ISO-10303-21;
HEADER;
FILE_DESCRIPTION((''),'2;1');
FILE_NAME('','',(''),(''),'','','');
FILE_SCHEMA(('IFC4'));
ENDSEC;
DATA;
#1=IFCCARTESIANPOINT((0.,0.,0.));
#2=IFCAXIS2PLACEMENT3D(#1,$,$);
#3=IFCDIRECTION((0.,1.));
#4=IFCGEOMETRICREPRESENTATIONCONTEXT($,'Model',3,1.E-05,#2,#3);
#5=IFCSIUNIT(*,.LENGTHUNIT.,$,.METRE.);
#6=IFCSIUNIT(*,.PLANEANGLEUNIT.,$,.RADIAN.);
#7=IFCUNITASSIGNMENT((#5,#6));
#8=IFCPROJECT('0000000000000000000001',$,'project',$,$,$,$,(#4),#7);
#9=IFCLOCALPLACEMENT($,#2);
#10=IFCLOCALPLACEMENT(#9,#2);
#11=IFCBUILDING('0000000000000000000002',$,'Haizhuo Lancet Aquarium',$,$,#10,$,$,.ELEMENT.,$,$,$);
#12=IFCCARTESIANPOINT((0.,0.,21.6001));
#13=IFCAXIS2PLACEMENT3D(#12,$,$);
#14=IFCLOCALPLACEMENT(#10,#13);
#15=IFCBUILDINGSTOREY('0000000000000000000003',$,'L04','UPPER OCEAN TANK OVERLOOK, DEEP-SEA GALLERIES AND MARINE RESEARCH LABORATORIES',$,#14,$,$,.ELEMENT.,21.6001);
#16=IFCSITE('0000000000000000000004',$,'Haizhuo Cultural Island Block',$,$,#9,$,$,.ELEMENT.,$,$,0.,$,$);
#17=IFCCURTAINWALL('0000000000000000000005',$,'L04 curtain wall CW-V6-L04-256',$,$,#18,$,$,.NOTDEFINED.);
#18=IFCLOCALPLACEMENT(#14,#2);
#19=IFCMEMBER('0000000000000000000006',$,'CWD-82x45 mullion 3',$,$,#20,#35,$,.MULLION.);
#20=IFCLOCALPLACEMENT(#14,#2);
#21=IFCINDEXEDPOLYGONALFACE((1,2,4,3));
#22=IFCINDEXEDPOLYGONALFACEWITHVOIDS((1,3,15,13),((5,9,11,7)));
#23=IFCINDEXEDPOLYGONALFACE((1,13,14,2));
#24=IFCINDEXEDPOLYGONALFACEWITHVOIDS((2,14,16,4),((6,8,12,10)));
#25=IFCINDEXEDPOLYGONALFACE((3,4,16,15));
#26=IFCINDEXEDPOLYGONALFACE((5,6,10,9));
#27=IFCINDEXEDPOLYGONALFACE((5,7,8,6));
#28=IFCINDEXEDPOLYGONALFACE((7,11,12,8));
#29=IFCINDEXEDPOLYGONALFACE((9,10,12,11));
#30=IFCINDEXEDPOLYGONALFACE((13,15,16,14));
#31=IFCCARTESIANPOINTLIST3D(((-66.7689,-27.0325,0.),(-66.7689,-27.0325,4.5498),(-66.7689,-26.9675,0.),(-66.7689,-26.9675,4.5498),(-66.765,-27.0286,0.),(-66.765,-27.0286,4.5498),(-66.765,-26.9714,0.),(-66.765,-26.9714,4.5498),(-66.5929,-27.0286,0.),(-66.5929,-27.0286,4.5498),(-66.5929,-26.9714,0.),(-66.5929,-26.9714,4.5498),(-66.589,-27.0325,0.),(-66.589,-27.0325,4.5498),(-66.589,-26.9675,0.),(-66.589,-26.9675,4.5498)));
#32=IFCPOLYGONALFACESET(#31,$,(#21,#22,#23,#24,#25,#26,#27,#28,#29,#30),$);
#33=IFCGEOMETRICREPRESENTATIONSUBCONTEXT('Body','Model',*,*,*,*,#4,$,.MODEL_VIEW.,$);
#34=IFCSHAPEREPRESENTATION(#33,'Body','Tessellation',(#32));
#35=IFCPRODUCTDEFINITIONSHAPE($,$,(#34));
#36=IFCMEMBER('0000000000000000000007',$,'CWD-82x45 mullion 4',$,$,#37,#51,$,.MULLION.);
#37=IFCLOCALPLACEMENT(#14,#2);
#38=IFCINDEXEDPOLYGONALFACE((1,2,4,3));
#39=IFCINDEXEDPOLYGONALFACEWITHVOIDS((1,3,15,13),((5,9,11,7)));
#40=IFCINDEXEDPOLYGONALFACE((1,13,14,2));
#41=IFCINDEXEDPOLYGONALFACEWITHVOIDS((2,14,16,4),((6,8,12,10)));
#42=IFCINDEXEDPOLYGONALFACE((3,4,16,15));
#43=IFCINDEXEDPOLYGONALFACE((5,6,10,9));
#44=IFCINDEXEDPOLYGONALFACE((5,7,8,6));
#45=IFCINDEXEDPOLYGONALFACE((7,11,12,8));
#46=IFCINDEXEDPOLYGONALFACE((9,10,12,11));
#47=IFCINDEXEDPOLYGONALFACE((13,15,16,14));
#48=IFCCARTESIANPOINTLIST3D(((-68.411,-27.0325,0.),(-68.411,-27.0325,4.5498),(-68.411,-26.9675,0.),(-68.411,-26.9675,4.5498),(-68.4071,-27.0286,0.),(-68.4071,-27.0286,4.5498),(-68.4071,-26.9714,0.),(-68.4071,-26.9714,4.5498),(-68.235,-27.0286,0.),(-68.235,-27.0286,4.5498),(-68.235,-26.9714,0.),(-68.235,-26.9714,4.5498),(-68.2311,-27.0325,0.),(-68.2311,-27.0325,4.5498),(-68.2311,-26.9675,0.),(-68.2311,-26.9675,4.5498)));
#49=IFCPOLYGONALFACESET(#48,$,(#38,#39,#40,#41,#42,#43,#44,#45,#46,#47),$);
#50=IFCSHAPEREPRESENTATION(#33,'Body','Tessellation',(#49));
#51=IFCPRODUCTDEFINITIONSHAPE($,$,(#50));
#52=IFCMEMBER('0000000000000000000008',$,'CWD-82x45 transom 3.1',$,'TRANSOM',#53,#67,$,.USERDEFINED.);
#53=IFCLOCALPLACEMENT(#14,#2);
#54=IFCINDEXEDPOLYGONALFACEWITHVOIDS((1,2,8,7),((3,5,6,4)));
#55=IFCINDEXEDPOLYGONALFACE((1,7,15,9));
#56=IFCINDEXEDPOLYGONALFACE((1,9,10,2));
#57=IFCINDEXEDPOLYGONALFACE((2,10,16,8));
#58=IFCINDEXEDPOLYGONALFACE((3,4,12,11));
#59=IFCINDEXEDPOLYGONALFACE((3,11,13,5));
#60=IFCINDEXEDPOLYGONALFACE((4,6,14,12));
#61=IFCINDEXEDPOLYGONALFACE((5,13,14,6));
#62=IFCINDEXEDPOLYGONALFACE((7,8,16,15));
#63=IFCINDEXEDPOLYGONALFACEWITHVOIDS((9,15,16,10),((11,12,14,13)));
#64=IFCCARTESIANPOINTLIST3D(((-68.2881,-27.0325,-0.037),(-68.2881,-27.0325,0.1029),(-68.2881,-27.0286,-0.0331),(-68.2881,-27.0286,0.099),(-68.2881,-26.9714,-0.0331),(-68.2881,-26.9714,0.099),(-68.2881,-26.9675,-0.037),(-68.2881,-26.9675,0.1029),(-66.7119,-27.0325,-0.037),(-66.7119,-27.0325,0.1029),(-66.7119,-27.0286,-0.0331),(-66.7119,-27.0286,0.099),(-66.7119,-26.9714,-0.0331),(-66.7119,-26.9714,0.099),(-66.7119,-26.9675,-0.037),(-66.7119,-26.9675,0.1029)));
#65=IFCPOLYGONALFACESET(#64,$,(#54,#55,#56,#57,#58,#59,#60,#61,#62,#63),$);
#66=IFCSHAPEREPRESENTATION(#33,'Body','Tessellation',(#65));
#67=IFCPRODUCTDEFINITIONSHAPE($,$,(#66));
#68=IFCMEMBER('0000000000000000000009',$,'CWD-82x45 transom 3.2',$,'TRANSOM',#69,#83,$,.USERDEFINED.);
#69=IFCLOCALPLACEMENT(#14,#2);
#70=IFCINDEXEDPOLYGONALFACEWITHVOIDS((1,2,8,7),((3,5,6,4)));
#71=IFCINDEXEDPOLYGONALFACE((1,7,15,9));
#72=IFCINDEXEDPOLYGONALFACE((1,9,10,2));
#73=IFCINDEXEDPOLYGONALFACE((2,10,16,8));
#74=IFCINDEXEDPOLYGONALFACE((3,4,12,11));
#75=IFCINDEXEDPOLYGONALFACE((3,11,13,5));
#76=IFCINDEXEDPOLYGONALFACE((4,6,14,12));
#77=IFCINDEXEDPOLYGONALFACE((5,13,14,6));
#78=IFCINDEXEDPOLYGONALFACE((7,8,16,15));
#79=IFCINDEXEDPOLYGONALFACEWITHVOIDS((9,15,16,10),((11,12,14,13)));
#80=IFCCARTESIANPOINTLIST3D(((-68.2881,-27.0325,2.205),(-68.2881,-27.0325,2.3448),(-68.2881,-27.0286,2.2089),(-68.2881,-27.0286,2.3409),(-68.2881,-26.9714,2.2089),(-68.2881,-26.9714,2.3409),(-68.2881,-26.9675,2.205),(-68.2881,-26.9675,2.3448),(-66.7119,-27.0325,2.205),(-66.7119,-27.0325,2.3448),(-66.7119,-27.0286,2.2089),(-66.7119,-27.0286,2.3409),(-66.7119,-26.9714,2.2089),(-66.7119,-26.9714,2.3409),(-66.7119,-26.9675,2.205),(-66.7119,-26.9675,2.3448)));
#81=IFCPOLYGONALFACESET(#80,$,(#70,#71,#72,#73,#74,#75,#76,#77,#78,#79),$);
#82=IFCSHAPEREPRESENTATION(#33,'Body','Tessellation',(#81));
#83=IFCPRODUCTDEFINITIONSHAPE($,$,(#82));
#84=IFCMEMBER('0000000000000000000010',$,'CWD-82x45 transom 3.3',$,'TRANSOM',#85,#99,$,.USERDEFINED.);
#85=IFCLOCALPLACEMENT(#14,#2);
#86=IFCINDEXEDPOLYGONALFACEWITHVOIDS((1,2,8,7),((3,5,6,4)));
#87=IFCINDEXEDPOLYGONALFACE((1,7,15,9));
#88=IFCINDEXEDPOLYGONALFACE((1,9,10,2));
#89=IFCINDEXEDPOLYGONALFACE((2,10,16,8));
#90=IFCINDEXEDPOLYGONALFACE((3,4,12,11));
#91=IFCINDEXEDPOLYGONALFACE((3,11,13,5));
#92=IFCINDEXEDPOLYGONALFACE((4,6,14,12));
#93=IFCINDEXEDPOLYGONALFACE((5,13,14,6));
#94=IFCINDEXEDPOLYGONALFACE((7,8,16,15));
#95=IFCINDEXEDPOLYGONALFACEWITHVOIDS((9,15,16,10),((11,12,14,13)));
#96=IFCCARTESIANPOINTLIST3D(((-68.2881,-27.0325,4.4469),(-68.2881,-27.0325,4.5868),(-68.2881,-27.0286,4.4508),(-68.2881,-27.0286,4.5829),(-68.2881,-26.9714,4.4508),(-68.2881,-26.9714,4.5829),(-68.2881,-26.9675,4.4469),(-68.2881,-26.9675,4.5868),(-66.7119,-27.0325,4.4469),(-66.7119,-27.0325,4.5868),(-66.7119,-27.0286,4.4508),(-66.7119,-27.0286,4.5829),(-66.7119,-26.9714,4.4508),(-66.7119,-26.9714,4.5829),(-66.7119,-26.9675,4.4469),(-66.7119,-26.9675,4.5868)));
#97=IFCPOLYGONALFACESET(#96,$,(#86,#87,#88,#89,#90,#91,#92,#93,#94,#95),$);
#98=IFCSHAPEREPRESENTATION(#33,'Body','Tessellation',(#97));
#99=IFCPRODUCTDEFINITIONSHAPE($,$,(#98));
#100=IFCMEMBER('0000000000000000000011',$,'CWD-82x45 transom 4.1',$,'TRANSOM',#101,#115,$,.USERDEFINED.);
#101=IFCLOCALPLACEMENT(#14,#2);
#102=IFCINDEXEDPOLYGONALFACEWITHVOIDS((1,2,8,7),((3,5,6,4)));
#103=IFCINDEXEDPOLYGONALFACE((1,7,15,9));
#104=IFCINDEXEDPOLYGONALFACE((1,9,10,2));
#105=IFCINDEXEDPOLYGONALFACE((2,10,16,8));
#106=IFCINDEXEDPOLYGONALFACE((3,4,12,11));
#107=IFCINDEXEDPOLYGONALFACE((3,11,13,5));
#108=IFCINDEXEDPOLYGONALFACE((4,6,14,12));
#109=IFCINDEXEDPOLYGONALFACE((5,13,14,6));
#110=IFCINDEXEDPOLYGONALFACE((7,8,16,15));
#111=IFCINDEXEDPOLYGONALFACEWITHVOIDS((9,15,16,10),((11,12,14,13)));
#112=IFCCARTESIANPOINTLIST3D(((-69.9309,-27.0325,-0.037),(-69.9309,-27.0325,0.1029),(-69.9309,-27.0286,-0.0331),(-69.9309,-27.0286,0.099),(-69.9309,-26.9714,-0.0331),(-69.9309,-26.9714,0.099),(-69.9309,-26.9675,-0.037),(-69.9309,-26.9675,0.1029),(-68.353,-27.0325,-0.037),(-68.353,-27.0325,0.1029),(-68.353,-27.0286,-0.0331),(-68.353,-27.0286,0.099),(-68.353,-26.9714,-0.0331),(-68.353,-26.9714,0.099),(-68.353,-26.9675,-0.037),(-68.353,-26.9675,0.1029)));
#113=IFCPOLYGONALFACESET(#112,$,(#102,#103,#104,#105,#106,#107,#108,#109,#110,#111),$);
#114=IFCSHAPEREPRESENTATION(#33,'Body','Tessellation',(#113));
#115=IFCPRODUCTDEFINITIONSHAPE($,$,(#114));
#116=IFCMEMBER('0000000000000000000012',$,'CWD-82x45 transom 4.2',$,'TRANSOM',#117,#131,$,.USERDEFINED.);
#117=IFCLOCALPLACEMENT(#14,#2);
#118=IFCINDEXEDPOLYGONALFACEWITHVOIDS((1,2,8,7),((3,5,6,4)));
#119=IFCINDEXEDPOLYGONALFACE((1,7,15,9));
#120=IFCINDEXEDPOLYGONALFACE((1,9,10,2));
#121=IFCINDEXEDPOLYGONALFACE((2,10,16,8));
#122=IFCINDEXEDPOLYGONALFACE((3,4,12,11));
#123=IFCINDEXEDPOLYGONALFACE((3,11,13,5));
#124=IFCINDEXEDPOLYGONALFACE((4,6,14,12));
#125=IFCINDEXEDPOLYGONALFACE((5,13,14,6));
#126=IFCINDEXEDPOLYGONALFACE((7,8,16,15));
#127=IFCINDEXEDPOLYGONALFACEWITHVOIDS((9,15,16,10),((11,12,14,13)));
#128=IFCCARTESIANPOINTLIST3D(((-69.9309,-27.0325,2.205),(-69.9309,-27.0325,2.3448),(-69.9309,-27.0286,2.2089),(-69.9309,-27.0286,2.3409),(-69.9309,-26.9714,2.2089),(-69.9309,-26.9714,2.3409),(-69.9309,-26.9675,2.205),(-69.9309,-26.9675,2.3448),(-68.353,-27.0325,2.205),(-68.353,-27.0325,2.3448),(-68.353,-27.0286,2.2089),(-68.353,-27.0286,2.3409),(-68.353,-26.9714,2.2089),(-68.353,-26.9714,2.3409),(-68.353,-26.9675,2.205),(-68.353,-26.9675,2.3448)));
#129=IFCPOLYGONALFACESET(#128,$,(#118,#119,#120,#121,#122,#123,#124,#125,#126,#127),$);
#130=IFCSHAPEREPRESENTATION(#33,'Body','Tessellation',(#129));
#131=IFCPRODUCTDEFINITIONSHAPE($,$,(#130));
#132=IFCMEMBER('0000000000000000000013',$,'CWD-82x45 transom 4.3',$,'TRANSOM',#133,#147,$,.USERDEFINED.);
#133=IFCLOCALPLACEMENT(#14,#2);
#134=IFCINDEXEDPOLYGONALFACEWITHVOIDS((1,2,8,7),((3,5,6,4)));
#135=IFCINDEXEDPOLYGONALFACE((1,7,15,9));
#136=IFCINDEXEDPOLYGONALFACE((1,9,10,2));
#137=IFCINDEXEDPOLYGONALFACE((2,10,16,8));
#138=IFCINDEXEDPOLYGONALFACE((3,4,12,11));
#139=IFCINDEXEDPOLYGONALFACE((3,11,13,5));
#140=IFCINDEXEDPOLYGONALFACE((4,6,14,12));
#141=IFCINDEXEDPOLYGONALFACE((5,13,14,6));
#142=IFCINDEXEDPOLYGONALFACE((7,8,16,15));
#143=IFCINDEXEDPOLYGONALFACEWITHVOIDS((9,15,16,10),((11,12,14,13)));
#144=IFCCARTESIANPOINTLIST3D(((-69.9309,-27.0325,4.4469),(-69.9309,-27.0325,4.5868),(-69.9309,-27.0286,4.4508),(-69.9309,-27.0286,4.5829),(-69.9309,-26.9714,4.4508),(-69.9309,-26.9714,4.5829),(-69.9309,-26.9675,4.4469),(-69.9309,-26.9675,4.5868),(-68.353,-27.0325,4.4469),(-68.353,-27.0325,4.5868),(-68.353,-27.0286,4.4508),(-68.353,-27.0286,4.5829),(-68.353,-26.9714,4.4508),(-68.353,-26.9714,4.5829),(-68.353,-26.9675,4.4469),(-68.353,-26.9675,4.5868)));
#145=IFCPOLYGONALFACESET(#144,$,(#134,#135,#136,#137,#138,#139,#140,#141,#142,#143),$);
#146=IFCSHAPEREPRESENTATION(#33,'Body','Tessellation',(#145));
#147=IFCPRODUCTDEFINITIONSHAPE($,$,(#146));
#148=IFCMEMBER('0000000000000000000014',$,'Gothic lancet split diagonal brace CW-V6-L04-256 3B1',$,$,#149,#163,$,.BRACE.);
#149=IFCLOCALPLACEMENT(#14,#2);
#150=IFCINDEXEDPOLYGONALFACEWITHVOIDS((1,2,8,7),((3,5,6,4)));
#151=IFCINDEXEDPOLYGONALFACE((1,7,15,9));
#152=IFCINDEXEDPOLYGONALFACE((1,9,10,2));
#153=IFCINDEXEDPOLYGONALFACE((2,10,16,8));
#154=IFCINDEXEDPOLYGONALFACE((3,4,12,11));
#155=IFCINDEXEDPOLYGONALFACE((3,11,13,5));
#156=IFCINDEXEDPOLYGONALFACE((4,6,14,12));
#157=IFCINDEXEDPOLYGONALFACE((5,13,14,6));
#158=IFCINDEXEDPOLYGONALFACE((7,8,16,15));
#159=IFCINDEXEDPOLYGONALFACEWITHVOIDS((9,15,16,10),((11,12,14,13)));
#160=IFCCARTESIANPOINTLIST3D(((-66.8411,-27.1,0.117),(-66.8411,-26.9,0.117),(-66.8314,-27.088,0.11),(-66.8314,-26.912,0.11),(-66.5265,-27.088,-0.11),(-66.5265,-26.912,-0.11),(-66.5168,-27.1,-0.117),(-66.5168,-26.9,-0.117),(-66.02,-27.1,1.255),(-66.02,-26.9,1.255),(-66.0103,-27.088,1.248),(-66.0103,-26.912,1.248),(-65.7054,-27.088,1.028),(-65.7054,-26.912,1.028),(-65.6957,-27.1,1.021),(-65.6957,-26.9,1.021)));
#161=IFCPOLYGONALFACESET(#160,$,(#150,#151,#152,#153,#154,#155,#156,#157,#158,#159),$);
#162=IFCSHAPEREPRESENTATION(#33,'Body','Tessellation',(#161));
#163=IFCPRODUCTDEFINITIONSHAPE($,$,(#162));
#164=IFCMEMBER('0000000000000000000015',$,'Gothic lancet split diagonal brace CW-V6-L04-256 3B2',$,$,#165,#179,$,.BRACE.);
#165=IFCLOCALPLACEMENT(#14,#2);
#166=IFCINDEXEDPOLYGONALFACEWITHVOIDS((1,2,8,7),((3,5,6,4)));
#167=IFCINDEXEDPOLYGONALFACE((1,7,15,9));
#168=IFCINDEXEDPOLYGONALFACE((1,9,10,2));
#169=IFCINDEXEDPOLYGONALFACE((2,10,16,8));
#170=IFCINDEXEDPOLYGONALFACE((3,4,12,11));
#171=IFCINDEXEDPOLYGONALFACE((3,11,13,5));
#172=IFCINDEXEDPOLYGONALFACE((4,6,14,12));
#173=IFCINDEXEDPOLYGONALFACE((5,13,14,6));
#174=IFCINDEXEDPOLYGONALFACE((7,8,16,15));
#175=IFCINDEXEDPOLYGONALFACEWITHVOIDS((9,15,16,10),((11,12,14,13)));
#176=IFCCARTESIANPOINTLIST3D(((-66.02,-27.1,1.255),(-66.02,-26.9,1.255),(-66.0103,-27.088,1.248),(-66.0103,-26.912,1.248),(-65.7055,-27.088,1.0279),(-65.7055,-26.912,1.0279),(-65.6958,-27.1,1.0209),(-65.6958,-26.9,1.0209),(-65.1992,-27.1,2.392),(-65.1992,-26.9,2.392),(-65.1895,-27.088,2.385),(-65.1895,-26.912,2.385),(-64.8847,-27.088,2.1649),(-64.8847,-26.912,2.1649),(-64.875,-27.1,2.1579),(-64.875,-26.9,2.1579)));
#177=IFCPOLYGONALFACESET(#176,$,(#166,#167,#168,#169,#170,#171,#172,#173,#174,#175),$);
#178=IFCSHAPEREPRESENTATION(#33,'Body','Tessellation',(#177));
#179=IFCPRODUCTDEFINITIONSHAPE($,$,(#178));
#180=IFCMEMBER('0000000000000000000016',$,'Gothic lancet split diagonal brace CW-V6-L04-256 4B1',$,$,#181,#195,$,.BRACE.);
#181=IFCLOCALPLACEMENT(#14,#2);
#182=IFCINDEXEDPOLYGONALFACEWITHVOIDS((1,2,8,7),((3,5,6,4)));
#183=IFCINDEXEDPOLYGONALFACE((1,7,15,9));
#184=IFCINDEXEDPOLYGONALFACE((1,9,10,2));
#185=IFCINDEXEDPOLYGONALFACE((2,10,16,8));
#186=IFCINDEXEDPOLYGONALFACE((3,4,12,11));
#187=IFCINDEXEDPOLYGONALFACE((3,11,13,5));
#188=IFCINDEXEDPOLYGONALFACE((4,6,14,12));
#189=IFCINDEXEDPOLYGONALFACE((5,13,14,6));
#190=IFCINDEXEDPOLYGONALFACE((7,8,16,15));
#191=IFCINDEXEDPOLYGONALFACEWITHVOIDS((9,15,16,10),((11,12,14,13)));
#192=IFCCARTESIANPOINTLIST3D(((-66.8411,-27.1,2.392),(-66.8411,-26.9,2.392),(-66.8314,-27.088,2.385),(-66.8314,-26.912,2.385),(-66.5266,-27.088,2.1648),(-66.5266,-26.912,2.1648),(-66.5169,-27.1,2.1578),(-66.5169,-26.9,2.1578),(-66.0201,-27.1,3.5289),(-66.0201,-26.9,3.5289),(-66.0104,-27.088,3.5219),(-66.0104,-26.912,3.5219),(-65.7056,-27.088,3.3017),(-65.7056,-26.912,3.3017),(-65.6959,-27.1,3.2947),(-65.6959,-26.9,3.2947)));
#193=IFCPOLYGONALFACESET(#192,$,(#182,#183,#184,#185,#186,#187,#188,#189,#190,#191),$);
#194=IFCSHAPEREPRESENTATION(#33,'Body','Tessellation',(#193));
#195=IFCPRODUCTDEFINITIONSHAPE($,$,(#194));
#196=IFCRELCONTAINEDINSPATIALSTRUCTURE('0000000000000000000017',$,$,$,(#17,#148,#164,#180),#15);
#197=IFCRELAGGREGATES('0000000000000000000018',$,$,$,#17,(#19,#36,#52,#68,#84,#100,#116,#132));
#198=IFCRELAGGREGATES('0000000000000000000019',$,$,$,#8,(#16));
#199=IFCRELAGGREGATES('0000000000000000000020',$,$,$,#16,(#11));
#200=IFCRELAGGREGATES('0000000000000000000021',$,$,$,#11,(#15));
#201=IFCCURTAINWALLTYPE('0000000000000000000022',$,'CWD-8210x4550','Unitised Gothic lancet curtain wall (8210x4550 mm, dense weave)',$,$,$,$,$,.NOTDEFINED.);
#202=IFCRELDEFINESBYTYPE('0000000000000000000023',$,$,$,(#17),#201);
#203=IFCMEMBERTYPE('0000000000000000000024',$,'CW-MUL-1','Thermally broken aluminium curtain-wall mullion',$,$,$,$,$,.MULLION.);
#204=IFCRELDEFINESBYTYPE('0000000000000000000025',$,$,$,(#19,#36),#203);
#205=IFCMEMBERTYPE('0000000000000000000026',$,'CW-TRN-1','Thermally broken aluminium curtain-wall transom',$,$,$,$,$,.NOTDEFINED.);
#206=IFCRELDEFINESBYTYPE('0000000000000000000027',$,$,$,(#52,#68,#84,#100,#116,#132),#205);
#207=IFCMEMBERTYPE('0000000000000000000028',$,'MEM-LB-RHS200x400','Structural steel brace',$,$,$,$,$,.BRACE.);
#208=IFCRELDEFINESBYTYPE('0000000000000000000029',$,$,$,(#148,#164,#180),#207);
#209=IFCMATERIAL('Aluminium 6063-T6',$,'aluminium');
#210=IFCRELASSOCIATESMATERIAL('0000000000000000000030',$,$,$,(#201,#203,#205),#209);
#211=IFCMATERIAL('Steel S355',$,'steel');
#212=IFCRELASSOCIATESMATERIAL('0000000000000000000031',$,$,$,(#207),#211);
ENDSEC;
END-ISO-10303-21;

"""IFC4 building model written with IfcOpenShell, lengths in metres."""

from ifc_helpers import new_model, si_unit, direction, frame, origin, origin_2d, place, context, subcontext, project, spatial, hollow_rectangle, extrude, material, material_profile, profile_set, type_object, element, aggregate, save


model = new_model("IFC4")

# Units and contexts
model_context = context("Model", 3, precision=1e-05, world=origin(), true_north=direction((0.0, 1.0)))
body_context = subcontext(model_context, "Body", "Model", "MODEL_VIEW")
ifc_project = project(units=[si_unit("LENGTHUNIT", "METRE"), si_unit("PLANEANGLEUNIT", "RADIAN")], contexts=[model_context])

# Site, building, storey
site_placement = place(None, origin())
site = spatial("IfcSite", under=ifc_project, at=site_placement, Name="Haizhuo Cultural Island Block", CompositionType="ELEMENT", RefElevation=0.0)
building_placement = place(site_placement, origin())
building = spatial("IfcBuilding", under=site, at=building_placement, Name="Haizhuo Lancet Aquarium", CompositionType="ELEMENT")
storey_placement = place(building_placement, frame((0.0, 0.0, 21.6001)))
storey = spatial("IfcBuildingStorey", under=building, at=storey_placement, Name="L04", Description="UPPER OCEAN TANK OVERLOOK, DEEP-SEA GALLERIES AND MARINE RESEARCH LABORATORIES", CompositionType="ELEMENT", Elevation=21.6001)

# Curtain wall, members
ifc_material_1 = material(Name="Aluminium 6063-T6", Category="aluminium")
curtain_wall_type = type_object("IfcCurtainWallType", Name="CWD-8210x4550", Description="Unitised Gothic lancet curtain wall (8210x4550 mm, dense weave)", PredefinedType="NOTDEFINED", material=ifc_material_1)
curtain_wall_placement = place(storey_placement, origin())
curtain_wall = element("IfcCurtainWall", 1, at=curtain_wall_placement, inside=storey, type_object=curtain_wall_type, Name="L04 curtain wall CW-V6-L04-256", PredefinedType="NOTDEFINED")
ifc_material_profile_1 = material_profile(ifc_material_1, hollow_rectangle(XDim=0.0649, YDim=0.1799, WallThickness=0.0039, at=origin_2d()), Name="ALU-M 65x180x4")
ifc_profile_set_1 = profile_set([ifc_material_profile_1], Name="Aluminium 6063-T6")
member_type_1 = type_object("IfcMemberType", Name="CW-MUL-1", Description="Thermally broken aluminium curtain-wall mullion", PredefinedType="MULLION", material=ifc_profile_set_1)
member_1_placement = place(storey_placement, frame((-66.679, -27.0, 0.0), z_axis=(0.0, 0.0, 1.0), x_axis=(0.0, -1.0, 0.0)))
member_1 = element("IfcMember", 2, at=member_1_placement, type_object=member_type_1, Name="CWD-82x45 mullion 3", PredefinedType="MULLION", context=body_context, shape_type="SweptSolid", body=[
    extrude(hollow_rectangle(XDim=0.0649, YDim=0.1799, WallThickness=0.0039, at=origin_2d()), origin(), (0.0, 0.0, 1.0), 4.5498),
])
member_2_placement = place(storey_placement, frame((-68.321, -27.0, 0.0), z_axis=(0.0, 0.0, 1.0), x_axis=(0.0, -1.0, 0.0)))
member_2 = element("IfcMember", 3, at=member_2_placement, type_object=member_type_1, Name="CWD-82x45 mullion 4", PredefinedType="MULLION", context=body_context, shape_type="SweptSolid", body=[
    extrude(hollow_rectangle(XDim=0.0649, YDim=0.1799, WallThickness=0.0039, at=origin_2d()), origin(), (0.0, 0.0, 1.0), 4.5498),
])
ifc_material_profile_2 = material_profile(ifc_material_1, hollow_rectangle(XDim=0.0649, YDim=0.1399, WallThickness=0.0039, at=origin_2d()), Name="ALU-T 65x140x4")
ifc_profile_set_2 = profile_set([ifc_material_profile_2], Name="Aluminium 6063-T6")
member_type_2 = type_object("IfcMemberType", Name="CW-TRN-1", Description="Thermally broken aluminium curtain-wall transom", PredefinedType="NOTDEFINED", material=ifc_profile_set_2)
member_3_placement = place(storey_placement, frame((-66.7119, -27.0, 0.033), z_axis=(-1.0, 0.0, 0.0), x_axis=(0.0, -1.0, 0.0)))
member_3 = element("IfcMember", 4, at=member_3_placement, type_object=member_type_2, Name="CWD-82x45 transom 3.1", ObjectType="TRANSOM", PredefinedType="USERDEFINED", context=body_context, shape_type="SweptSolid", body=[
    extrude(hollow_rectangle(XDim=0.0649, YDim=0.1399, WallThickness=0.0039, at=origin_2d()), origin(), (0.0, 0.0, 1.0), 1.5762),
])
member_4_placement = place(storey_placement, frame((-66.7119, -27.0, 2.2749), z_axis=(-1.0, 0.0, 0.0), x_axis=(0.0, -1.0, 0.0)))
member_4 = element("IfcMember", 5, at=member_4_placement, type_object=member_type_2, Name="CWD-82x45 transom 3.2", ObjectType="TRANSOM", PredefinedType="USERDEFINED", context=body_context, shape_type="SweptSolid", body=[
    extrude(hollow_rectangle(XDim=0.0649, YDim=0.1399, WallThickness=0.0039, at=origin_2d()), origin(), (0.0, 0.0, 1.0), 1.5762),
])
member_5_placement = place(storey_placement, frame((-66.7119, -27.0, 4.5168), z_axis=(-1.0, 0.0, 0.0), x_axis=(0.0, -1.0, 0.0)))
member_5 = element("IfcMember", 6, at=member_5_placement, type_object=member_type_2, Name="CWD-82x45 transom 3.3", ObjectType="TRANSOM", PredefinedType="USERDEFINED", context=body_context, shape_type="SweptSolid", body=[
    extrude(hollow_rectangle(XDim=0.0649, YDim=0.1399, WallThickness=0.0039, at=origin_2d()), origin(), (0.0, 0.0, 1.0), 1.5762),
])
member_6_placement = place(storey_placement, frame((-68.353, -27.0, 0.033), z_axis=(-1.0, 0.0, 0.0), x_axis=(0.0, -1.0, 0.0)))
member_6 = element("IfcMember", 7, at=member_6_placement, type_object=member_type_2, Name="CWD-82x45 transom 4.1", ObjectType="TRANSOM", PredefinedType="USERDEFINED", context=body_context, shape_type="SweptSolid", body=[
    extrude(hollow_rectangle(XDim=0.0649, YDim=0.1399, WallThickness=0.0039, at=origin_2d()), origin(), (0.0, 0.0, 1.0), 1.5779),
])
member_7_placement = place(storey_placement, frame((-68.353, -27.0, 2.2749), z_axis=(-1.0, 0.0, 0.0), x_axis=(0.0, -1.0, 0.0)))
member_7 = element("IfcMember", 8, at=member_7_placement, type_object=member_type_2, Name="CWD-82x45 transom 4.2", ObjectType="TRANSOM", PredefinedType="USERDEFINED", context=body_context, shape_type="SweptSolid", body=[
    extrude(hollow_rectangle(XDim=0.0649, YDim=0.1399, WallThickness=0.0039, at=origin_2d()), origin(), (0.0, 0.0, 1.0), 1.5779),
])
member_8_placement = place(storey_placement, frame((-68.353, -27.0, 4.5168), z_axis=(-1.0, 0.0, 0.0), x_axis=(0.0, -1.0, 0.0)))
member_8 = element("IfcMember", 9, at=member_8_placement, type_object=member_type_2, Name="CWD-82x45 transom 4.3", ObjectType="TRANSOM", PredefinedType="USERDEFINED", context=body_context, shape_type="SweptSolid", body=[
    extrude(hollow_rectangle(XDim=0.0649, YDim=0.1399, WallThickness=0.0039, at=origin_2d()), origin(), (0.0, 0.0, 1.0), 1.5779),
])

# Members
ifc_material_2 = material(Name="Steel S355", Category="steel")
ifc_material_profile_3 = material_profile(ifc_material_2, hollow_rectangle(XDim=0.2, YDim=0.3999, WallThickness=0.012, at=origin_2d()), Name="RHS 200x400x12")
ifc_profile_set_3 = profile_set([ifc_material_profile_3], Name="Steel S355")
member_type_3 = type_object("IfcMemberType", Name="MEM-LB-RHS200x400", Description="Structural steel brace", PredefinedType="BRACE", material=ifc_profile_set_3)
member_9_placement = place(storey_placement, frame((-66.679, -27.0, 0.0), z_axis=(0.585116, 0.0, 0.81095), x_axis=(0.0, 1.0, 0.0)))
element("IfcMember", 10, at=member_9_placement, inside=storey, type_object=member_type_3, Name="Gothic lancet split diagonal brace CW-V6-L04-256 3B1", PredefinedType="BRACE", context=body_context, shape_type="SweptSolid", body=[
    extrude(hollow_rectangle(XDim=0.2, YDim=0.3999, WallThickness=0.012, at=origin_2d()), origin(), (0.0, 0.0, 1.0), 1.4033),
])
for number, where, z_axis, x_axis, name in (
    (11, (-65.8579, -27.0, 1.1379), (0.585332, 0.0, 0.810794), (0.0, 1.0, 0.0), "Gothic lancet split diagonal brace CW-V6-L04-256 3B2"),
    (12, (-66.679, -27.0, 2.2749), (0.585446, 0.0, 0.810711), (0.0, 1.0, 0.0), "Gothic lancet split diagonal brace CW-V6-L04-256 4B1"),
):
    element("IfcMember", number, at=place(storey_placement, frame(where, z_axis=z_axis, x_axis=x_axis)), inside=storey, type_object=member_type_3, Name=name, PredefinedType="BRACE", context=body_context, shape_type="SweptSolid", body=[
        extrude(hollow_rectangle(XDim=0.2, YDim=0.3999, WallThickness=0.012, at=origin_2d()), origin(), (0.0, 0.0, 1.0), 1.4023),
    ])

aggregate(curtain_wall, [member_1, member_2, member_3, member_4, member_5, member_6, member_7, member_8])

save(model, "model.ifc")
